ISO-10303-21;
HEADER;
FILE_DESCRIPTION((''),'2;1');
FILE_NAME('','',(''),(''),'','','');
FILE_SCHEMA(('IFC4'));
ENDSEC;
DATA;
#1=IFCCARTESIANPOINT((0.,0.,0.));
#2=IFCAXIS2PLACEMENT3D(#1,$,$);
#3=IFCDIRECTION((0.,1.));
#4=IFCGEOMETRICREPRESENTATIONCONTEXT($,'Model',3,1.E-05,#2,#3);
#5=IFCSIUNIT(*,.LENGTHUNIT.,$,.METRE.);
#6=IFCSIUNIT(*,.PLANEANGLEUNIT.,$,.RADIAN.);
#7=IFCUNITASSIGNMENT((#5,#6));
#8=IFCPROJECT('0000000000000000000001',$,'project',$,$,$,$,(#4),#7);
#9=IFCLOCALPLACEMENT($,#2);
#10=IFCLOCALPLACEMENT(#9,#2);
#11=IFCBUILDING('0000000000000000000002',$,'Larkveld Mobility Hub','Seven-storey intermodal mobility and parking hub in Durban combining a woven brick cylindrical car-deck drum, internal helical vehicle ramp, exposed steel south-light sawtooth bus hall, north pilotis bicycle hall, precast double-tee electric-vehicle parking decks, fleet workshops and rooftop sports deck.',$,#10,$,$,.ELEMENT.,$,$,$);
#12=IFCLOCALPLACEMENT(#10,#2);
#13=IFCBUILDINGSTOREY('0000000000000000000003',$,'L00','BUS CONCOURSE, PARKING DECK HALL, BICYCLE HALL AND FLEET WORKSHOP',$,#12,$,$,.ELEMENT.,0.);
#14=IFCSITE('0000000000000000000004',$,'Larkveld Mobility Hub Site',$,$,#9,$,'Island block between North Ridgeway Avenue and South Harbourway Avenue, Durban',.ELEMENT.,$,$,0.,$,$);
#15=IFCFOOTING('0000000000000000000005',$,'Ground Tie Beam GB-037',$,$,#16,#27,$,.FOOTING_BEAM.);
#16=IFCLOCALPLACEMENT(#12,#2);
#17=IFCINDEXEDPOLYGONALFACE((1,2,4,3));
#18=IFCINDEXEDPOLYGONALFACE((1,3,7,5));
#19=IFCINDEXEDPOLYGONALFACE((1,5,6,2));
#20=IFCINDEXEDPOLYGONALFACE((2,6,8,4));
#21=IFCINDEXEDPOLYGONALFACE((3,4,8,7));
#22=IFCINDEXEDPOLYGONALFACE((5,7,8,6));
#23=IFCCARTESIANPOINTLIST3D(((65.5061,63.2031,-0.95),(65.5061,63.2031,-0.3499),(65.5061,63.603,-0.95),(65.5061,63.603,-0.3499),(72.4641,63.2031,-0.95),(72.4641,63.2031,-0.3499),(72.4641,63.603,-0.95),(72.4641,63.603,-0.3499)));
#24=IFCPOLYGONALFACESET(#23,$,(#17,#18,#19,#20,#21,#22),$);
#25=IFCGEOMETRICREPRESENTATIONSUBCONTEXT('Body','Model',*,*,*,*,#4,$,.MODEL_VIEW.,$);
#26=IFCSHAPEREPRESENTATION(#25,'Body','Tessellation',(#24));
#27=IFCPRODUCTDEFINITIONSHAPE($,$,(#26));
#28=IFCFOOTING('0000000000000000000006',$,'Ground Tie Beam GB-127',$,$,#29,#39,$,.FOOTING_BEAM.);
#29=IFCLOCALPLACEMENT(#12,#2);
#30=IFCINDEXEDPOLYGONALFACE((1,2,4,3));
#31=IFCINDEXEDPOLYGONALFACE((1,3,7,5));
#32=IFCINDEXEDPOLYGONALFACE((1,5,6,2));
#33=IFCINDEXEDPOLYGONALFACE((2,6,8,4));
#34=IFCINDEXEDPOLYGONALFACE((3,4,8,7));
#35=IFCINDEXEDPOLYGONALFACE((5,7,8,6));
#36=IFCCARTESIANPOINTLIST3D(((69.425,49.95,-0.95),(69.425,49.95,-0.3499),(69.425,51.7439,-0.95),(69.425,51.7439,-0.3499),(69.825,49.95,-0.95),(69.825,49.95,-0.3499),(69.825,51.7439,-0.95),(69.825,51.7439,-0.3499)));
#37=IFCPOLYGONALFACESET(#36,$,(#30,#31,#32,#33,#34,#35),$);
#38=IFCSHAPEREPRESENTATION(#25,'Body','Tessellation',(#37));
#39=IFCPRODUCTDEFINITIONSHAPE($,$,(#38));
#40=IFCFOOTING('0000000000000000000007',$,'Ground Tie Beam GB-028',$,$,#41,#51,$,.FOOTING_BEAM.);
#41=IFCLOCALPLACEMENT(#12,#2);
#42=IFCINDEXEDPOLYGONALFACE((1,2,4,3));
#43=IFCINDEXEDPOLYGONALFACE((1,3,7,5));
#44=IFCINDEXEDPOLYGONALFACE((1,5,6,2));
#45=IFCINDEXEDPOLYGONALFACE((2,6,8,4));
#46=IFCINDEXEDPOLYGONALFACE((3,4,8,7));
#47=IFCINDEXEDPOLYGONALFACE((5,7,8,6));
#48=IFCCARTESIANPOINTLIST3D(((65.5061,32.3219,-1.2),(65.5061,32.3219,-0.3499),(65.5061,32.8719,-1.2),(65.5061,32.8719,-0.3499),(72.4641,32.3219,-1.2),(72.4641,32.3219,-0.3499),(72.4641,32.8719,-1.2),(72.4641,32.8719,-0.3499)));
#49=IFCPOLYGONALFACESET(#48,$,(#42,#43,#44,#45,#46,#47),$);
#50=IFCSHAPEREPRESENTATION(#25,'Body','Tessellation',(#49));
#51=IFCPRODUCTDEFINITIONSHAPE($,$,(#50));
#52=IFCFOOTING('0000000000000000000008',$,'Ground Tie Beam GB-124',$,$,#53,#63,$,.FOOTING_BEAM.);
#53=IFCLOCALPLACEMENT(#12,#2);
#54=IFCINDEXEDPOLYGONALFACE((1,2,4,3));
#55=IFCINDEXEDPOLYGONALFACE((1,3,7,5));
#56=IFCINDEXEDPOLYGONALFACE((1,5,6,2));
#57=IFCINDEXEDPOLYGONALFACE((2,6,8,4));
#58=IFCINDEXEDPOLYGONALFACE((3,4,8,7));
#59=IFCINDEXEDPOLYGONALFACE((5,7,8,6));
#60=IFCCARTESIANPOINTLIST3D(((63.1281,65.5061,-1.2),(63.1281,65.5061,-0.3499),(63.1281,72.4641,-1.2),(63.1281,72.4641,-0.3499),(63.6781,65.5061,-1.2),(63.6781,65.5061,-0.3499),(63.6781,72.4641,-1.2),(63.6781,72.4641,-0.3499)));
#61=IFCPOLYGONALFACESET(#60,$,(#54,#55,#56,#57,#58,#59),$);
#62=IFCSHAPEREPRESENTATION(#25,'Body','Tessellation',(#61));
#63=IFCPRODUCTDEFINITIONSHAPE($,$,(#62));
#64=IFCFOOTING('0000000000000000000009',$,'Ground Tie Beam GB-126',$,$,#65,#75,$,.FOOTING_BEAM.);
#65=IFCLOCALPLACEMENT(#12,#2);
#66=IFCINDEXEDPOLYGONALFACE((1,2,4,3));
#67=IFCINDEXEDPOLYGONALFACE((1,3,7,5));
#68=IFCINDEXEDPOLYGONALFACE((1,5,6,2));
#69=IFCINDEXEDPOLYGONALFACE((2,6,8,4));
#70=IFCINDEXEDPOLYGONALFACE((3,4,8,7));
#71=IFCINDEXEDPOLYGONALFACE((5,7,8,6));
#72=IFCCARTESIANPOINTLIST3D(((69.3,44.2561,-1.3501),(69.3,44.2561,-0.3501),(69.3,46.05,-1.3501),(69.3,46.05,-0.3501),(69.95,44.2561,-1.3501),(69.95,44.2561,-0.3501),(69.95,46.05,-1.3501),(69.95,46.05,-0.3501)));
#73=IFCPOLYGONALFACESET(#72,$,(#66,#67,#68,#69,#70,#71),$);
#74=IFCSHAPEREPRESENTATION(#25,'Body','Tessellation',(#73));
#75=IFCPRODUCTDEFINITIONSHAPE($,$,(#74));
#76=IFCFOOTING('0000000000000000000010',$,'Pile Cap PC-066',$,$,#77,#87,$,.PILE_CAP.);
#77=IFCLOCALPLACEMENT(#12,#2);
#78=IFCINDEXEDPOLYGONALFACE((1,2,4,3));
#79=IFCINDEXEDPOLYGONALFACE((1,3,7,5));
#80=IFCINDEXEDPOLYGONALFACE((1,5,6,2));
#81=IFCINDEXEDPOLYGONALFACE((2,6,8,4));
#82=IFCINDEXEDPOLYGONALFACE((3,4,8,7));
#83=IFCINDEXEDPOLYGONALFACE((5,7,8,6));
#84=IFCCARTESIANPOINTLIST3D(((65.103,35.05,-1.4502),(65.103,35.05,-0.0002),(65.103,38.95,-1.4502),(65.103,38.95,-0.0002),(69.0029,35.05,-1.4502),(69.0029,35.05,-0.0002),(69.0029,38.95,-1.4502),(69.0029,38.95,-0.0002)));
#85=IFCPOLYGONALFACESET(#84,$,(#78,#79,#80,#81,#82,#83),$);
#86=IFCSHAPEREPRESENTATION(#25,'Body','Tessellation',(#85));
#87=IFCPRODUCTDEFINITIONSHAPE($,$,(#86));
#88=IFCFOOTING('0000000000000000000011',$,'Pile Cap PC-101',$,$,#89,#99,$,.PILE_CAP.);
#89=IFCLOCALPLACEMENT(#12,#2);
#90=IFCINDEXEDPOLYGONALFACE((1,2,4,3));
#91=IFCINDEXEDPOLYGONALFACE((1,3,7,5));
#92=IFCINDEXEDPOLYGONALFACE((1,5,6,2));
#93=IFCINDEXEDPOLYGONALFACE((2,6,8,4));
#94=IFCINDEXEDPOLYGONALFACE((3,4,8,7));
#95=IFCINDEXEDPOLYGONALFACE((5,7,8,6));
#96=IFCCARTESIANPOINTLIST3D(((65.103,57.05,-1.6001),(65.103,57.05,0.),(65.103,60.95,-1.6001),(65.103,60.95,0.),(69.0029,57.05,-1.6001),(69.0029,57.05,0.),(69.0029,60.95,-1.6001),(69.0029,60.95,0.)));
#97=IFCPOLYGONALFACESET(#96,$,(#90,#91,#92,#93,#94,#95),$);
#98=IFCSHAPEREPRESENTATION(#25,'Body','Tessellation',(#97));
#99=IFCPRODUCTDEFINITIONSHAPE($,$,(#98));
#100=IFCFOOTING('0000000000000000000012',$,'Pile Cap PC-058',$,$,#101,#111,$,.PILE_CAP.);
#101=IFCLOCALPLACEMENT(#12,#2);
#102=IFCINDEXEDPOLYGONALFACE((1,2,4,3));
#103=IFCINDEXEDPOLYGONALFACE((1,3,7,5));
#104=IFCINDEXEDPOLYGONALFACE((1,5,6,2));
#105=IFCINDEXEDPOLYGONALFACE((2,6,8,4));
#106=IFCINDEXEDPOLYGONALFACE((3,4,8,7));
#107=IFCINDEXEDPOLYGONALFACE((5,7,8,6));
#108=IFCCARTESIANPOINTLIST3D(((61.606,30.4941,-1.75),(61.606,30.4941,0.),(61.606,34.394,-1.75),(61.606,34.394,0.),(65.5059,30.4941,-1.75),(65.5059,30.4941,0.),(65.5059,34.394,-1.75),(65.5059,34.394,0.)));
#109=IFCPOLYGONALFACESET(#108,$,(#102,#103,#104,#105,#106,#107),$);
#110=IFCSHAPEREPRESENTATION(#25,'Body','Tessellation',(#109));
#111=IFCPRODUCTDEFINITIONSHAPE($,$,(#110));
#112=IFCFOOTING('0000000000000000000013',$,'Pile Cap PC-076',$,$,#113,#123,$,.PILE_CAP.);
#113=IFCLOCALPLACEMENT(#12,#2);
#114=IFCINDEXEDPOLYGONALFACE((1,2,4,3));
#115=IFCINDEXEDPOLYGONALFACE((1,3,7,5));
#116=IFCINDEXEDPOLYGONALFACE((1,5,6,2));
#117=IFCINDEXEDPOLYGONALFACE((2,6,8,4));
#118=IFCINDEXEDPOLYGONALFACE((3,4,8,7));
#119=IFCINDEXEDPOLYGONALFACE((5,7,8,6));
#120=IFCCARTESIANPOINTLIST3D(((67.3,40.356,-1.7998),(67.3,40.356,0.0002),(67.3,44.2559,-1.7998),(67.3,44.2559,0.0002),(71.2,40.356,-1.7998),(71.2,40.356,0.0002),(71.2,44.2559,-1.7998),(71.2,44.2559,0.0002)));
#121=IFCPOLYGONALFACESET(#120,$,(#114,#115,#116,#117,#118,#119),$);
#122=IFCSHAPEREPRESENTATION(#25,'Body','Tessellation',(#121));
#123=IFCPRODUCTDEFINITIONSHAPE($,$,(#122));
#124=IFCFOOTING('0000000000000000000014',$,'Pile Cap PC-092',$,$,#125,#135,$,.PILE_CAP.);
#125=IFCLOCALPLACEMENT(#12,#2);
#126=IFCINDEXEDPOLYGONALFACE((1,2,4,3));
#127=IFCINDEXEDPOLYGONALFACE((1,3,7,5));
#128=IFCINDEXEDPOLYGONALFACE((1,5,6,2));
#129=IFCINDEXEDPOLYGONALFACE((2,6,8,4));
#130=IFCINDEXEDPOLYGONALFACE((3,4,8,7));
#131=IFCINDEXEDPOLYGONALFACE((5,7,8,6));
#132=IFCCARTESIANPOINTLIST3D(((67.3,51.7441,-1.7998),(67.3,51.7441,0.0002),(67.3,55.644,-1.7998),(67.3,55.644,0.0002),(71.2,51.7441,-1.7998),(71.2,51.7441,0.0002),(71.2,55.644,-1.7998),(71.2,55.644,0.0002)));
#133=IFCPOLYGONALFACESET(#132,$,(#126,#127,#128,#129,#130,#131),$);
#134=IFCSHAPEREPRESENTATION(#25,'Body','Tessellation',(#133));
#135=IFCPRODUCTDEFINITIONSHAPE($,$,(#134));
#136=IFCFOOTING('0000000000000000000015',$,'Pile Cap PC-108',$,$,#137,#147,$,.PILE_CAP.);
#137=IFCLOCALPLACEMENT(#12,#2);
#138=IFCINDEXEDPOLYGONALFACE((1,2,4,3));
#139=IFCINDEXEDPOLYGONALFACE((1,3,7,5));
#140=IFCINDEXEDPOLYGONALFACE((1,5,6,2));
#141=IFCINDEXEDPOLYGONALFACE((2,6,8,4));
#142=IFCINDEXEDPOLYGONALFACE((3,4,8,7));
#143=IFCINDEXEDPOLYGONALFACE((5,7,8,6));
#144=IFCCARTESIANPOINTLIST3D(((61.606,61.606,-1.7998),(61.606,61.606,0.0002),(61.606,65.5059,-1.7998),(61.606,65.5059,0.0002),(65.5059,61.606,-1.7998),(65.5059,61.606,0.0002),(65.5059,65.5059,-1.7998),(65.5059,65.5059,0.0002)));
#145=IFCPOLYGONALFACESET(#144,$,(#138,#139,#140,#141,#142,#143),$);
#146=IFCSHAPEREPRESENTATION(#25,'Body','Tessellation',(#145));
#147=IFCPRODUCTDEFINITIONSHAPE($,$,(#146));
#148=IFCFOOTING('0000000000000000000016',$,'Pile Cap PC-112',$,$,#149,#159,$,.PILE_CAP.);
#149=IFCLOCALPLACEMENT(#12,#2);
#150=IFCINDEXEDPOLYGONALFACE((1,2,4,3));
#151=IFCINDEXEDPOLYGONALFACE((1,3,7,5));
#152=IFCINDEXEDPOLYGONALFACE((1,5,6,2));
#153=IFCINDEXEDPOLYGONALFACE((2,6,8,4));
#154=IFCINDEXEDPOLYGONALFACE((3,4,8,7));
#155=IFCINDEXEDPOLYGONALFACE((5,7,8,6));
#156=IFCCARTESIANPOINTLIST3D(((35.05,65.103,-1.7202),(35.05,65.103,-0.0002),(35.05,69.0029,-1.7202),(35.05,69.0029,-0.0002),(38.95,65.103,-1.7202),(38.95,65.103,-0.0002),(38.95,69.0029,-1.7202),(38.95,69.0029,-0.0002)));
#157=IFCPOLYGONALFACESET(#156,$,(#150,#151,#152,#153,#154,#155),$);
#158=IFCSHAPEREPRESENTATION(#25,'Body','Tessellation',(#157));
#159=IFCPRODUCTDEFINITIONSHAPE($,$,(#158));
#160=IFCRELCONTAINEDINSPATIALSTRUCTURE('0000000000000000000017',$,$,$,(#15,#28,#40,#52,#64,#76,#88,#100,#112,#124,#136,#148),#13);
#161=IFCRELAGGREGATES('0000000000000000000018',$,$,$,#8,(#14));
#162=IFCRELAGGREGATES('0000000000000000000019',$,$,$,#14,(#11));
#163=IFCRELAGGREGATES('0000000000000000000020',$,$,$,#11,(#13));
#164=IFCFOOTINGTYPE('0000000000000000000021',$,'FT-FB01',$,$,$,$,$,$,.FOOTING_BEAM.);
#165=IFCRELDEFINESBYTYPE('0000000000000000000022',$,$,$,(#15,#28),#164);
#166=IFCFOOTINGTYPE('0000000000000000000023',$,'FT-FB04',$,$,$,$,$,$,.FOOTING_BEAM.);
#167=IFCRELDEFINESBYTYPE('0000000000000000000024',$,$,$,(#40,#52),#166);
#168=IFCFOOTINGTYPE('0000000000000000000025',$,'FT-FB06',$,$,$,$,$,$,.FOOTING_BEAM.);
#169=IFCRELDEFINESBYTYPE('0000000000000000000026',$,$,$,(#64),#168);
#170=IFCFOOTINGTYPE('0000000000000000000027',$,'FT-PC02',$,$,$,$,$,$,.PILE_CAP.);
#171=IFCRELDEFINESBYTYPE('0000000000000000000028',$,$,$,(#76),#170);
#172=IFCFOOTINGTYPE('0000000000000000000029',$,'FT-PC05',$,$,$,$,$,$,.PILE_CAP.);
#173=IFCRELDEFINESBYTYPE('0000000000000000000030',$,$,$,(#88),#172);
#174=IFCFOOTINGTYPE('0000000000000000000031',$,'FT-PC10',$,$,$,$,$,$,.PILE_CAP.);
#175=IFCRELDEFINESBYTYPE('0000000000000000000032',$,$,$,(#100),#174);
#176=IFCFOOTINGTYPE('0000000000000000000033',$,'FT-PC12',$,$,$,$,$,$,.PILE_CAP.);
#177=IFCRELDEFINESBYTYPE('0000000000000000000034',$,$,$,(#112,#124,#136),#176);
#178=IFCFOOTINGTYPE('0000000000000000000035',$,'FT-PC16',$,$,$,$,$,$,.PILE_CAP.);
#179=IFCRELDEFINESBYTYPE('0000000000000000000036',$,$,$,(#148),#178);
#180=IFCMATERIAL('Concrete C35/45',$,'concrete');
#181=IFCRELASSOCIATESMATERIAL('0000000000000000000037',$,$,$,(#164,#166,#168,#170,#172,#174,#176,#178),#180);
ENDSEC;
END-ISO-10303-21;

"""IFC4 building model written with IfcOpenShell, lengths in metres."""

from ifc_helpers import new_model, si_unit, direction, frame, origin, origin_2d, place, context, subcontext, project, spatial, rectangle, extrude, material, material_profile, profile_set, type_object, element, save


model = new_model("IFC4")

# Units and contexts
model_context = context("Model", 3, precision=1e-05, world=origin(), true_north=direction((0.0, 1.0)))
body_context = subcontext(model_context, "Body", "Model", "MODEL_VIEW")
ifc_project = project(units=[si_unit("LENGTHUNIT", "METRE"), si_unit("PLANEANGLEUNIT", "RADIAN")], contexts=[model_context])

# Site, building, storey
site_placement = place(None, origin())
site = spatial("IfcSite", under=ifc_project, at=site_placement, Name="Larkveld Mobility Hub Site", LongName="Island block between North Ridgeway Avenue and South Harbourway Avenue, Durban", CompositionType="ELEMENT", RefElevation=0.0)
building_placement = place(site_placement, origin())
building = spatial("IfcBuilding", under=site, at=building_placement, Name="Larkveld Mobility Hub", Description="Seven-storey intermodal mobility and parking hub in Durban combining a woven brick cylindrical car-deck drum, internal helical vehicle ramp, exposed steel south-light sawtooth bus hall, north pilotis bicycle hall, precast double-tee electric-vehicle parking decks, fleet workshops and rooftop sports deck.", CompositionType="ELEMENT")
storey_placement = place(building_placement, origin())
storey = spatial("IfcBuildingStorey", under=building, at=storey_placement, Name="L00", Description="BUS CONCOURSE, PARKING DECK HALL, BICYCLE HALL AND FLEET WORKSHOP", CompositionType="ELEMENT", Elevation=0.0)

# Footings
ifc_material_1 = material(Name="Concrete C35/45", Category="concrete")
ifc_material_profile_1 = material_profile(ifc_material_1, rectangle(XDim=0.3999, YDim=0.6001, at=origin_2d()), Name="RC BM 400x600")
ifc_profile_set_1 = profile_set([ifc_material_profile_1], Name="Concrete C35/45")
footing_type_1 = type_object("IfcFootingType", Name="FT-FB01", PredefinedType="FOOTING_BEAM", material=ifc_profile_set_1)
footing_1_placement = place(storey_placement, frame((65.5061, 63.4031, -0.6499), z_axis=(1.0, 0.0, 0.0), x_axis=(0.0, 1.0, 0.0)))
element("IfcFooting", 1, at=footing_1_placement, inside=storey, type_object=footing_type_1, Name="Ground Tie Beam GB-037", PredefinedType="FOOTING_BEAM", context=body_context, shape_type="SweptSolid", body=[
    extrude(rectangle(XDim=0.3999, YDim=0.6001, at=origin_2d()), origin(), (0.0, 0.0, 1.0), 6.958),
])
footing_2_placement = place(storey_placement, frame((69.625, 49.95, -0.6499), z_axis=(0.0, 1.0, 0.0), x_axis=(-1.0, 0.0, 0.0)))
element("IfcFooting", 2, at=footing_2_placement, inside=storey, type_object=footing_type_1, Name="Ground Tie Beam GB-127", PredefinedType="FOOTING_BEAM", context=body_context, shape_type="SweptSolid", body=[
    extrude(rectangle(XDim=0.3999, YDim=0.6001, at=origin_2d()), origin(), (0.0, 0.0, 1.0), 1.7939),
])
ifc_material_profile_2 = material_profile(ifc_material_1, rectangle(XDim=0.55, YDim=0.8501, at=origin_2d()), Name="RC BM 550x850")
ifc_profile_set_2 = profile_set([ifc_material_profile_2], Name="Concrete C35/45")
footing_type_2 = type_object("IfcFootingType", Name="FT-FB04", PredefinedType="FOOTING_BEAM", material=ifc_profile_set_2)
for number, where, z_axis, x_axis, name in (
    (3, (65.5061, 32.5969, -0.7749), (1.0, 0.0, 0.0), (0.0, 1.0, 0.0), "Ground Tie Beam GB-028"),
    (4, (63.4031, 65.5061, -0.7749), (0.0, 1.0, 0.0), (-1.0, 0.0, 0.0), "Ground Tie Beam GB-124"),
):
    element("IfcFooting", number, at=place(storey_placement, frame(where, z_axis=z_axis, x_axis=x_axis)), inside=storey, type_object=footing_type_2, Name=name, PredefinedType="FOOTING_BEAM", context=body_context, shape_type="SweptSolid", body=[
        extrude(rectangle(XDim=0.55, YDim=0.8501, at=origin_2d()), origin(), (0.0, 0.0, 1.0), 6.958),
    ])
ifc_material_profile_3 = material_profile(ifc_material_1, rectangle(XDim=0.6499, YDim=1.0, at=origin_2d()), Name="RC BM 650x1000")
ifc_profile_set_3 = profile_set([ifc_material_profile_3], Name="Concrete C35/45")
footing_type_3 = type_object("IfcFootingType", Name="FT-FB06", PredefinedType="FOOTING_BEAM", material=ifc_profile_set_3)
footing_3_placement = place(storey_placement, frame((69.625, 44.2561, -0.8501), z_axis=(0.0, 1.0, 0.0), x_axis=(-1.0, 0.0, 0.0)))
element("IfcFooting", 5, at=footing_3_placement, inside=storey, type_object=footing_type_3, Name="Ground Tie Beam GB-126", PredefinedType="FOOTING_BEAM", context=body_context, shape_type="SweptSolid", body=[
    extrude(rectangle(XDim=0.6499, YDim=1.0, at=origin_2d()), origin(), (0.0, 0.0, 1.0), 1.7939),
])
footing_type_4 = type_object("IfcFootingType", Name="FT-PC02", PredefinedType="PILE_CAP", material=ifc_material_1)
footing_4_placement = place(storey_placement, frame((67.053, 37.0, -1.4502), z_axis=(0.0, 0.0, 1.0), x_axis=(1.0, 0.0, 0.0)))
element("IfcFooting", 6, at=footing_4_placement, inside=storey, type_object=footing_type_4, Name="Pile Cap PC-066", PredefinedType="PILE_CAP", context=body_context, shape_type="SweptSolid", body=[
    extrude(rectangle(XDim=3.8999, YDim=3.8999, at=origin_2d()), origin(), (0.0, 0.0, 1.0), 1.45),
])
footing_type_5 = type_object("IfcFootingType", Name="FT-PC05", PredefinedType="PILE_CAP", material=ifc_material_1)
footing_5_placement = place(storey_placement, frame((67.053, 59.0, -1.6001), z_axis=(0.0, 0.0, 1.0), x_axis=(1.0, 0.0, 0.0)))
element("IfcFooting", 7, at=footing_5_placement, inside=storey, type_object=footing_type_5, Name="Pile Cap PC-101", PredefinedType="PILE_CAP", context=body_context, shape_type="SweptSolid", body=[
    extrude(rectangle(XDim=3.8999, YDim=3.8999, at=origin_2d()), origin(), (0.0, 0.0, 1.0), 1.6001),
])
footing_type_6 = type_object("IfcFootingType", Name="FT-PC10", PredefinedType="PILE_CAP", material=ifc_material_1)
footing_6_placement = place(storey_placement, frame((63.5559, 32.4441, -1.75), z_axis=(0.0, 0.0, 1.0), x_axis=(1.0, 0.0, 0.0)))
element("IfcFooting", 8, at=footing_6_placement, inside=storey, type_object=footing_type_6, Name="Pile Cap PC-058", PredefinedType="PILE_CAP", context=body_context, shape_type="SweptSolid", body=[
    extrude(rectangle(XDim=3.8999, YDim=3.8999, at=origin_2d()), origin(), (0.0, 0.0, 1.0), 1.75),
])
footing_type_7 = type_object("IfcFootingType", Name="FT-PC12", PredefinedType="PILE_CAP", material=ifc_material_1)
for number, where, z_axis, x_axis, name in (
    (9, (69.25, 42.3059, -1.7998), (0.0, 0.0, 1.0), (1.0, 0.0, 0.0), "Pile Cap PC-076"),
    (10, (69.25, 53.6941, -1.7998), (0.0, 0.0, 1.0), (1.0, 0.0, 0.0), "Pile Cap PC-092"),
    (11, (63.5559, 63.5559, -1.7998), (0.0, 0.0, 1.0), (1.0, 0.0, 0.0), "Pile Cap PC-108"),
):
    element("IfcFooting", number, at=place(storey_placement, frame(where, z_axis=z_axis, x_axis=x_axis)), inside=storey, type_object=footing_type_7, Name=name, PredefinedType="PILE_CAP", context=body_context, shape_type="SweptSolid", body=[
        extrude(rectangle(XDim=3.8999, YDim=3.8999, at=origin_2d()), origin(), (0.0, 0.0, 1.0), 1.8),
    ])
footing_type_8 = type_object("IfcFootingType", Name="FT-PC16", PredefinedType="PILE_CAP", material=ifc_material_1)
footing_7_placement = place(storey_placement, frame((37.0, 67.053, -1.7202), z_axis=(0.0, 0.0, 1.0), x_axis=(1.0, 0.0, 0.0)))
element("IfcFooting", 12, at=footing_7_placement, inside=storey, type_object=footing_type_8, Name="Pile Cap PC-112", PredefinedType="PILE_CAP", context=body_context, shape_type="SweptSolid", body=[
    extrude(rectangle(XDim=3.8999, YDim=3.8999, at=origin_2d()), origin(), (0.0, 0.0, 1.0), 1.72),
])

save(model, "model.ifc")
